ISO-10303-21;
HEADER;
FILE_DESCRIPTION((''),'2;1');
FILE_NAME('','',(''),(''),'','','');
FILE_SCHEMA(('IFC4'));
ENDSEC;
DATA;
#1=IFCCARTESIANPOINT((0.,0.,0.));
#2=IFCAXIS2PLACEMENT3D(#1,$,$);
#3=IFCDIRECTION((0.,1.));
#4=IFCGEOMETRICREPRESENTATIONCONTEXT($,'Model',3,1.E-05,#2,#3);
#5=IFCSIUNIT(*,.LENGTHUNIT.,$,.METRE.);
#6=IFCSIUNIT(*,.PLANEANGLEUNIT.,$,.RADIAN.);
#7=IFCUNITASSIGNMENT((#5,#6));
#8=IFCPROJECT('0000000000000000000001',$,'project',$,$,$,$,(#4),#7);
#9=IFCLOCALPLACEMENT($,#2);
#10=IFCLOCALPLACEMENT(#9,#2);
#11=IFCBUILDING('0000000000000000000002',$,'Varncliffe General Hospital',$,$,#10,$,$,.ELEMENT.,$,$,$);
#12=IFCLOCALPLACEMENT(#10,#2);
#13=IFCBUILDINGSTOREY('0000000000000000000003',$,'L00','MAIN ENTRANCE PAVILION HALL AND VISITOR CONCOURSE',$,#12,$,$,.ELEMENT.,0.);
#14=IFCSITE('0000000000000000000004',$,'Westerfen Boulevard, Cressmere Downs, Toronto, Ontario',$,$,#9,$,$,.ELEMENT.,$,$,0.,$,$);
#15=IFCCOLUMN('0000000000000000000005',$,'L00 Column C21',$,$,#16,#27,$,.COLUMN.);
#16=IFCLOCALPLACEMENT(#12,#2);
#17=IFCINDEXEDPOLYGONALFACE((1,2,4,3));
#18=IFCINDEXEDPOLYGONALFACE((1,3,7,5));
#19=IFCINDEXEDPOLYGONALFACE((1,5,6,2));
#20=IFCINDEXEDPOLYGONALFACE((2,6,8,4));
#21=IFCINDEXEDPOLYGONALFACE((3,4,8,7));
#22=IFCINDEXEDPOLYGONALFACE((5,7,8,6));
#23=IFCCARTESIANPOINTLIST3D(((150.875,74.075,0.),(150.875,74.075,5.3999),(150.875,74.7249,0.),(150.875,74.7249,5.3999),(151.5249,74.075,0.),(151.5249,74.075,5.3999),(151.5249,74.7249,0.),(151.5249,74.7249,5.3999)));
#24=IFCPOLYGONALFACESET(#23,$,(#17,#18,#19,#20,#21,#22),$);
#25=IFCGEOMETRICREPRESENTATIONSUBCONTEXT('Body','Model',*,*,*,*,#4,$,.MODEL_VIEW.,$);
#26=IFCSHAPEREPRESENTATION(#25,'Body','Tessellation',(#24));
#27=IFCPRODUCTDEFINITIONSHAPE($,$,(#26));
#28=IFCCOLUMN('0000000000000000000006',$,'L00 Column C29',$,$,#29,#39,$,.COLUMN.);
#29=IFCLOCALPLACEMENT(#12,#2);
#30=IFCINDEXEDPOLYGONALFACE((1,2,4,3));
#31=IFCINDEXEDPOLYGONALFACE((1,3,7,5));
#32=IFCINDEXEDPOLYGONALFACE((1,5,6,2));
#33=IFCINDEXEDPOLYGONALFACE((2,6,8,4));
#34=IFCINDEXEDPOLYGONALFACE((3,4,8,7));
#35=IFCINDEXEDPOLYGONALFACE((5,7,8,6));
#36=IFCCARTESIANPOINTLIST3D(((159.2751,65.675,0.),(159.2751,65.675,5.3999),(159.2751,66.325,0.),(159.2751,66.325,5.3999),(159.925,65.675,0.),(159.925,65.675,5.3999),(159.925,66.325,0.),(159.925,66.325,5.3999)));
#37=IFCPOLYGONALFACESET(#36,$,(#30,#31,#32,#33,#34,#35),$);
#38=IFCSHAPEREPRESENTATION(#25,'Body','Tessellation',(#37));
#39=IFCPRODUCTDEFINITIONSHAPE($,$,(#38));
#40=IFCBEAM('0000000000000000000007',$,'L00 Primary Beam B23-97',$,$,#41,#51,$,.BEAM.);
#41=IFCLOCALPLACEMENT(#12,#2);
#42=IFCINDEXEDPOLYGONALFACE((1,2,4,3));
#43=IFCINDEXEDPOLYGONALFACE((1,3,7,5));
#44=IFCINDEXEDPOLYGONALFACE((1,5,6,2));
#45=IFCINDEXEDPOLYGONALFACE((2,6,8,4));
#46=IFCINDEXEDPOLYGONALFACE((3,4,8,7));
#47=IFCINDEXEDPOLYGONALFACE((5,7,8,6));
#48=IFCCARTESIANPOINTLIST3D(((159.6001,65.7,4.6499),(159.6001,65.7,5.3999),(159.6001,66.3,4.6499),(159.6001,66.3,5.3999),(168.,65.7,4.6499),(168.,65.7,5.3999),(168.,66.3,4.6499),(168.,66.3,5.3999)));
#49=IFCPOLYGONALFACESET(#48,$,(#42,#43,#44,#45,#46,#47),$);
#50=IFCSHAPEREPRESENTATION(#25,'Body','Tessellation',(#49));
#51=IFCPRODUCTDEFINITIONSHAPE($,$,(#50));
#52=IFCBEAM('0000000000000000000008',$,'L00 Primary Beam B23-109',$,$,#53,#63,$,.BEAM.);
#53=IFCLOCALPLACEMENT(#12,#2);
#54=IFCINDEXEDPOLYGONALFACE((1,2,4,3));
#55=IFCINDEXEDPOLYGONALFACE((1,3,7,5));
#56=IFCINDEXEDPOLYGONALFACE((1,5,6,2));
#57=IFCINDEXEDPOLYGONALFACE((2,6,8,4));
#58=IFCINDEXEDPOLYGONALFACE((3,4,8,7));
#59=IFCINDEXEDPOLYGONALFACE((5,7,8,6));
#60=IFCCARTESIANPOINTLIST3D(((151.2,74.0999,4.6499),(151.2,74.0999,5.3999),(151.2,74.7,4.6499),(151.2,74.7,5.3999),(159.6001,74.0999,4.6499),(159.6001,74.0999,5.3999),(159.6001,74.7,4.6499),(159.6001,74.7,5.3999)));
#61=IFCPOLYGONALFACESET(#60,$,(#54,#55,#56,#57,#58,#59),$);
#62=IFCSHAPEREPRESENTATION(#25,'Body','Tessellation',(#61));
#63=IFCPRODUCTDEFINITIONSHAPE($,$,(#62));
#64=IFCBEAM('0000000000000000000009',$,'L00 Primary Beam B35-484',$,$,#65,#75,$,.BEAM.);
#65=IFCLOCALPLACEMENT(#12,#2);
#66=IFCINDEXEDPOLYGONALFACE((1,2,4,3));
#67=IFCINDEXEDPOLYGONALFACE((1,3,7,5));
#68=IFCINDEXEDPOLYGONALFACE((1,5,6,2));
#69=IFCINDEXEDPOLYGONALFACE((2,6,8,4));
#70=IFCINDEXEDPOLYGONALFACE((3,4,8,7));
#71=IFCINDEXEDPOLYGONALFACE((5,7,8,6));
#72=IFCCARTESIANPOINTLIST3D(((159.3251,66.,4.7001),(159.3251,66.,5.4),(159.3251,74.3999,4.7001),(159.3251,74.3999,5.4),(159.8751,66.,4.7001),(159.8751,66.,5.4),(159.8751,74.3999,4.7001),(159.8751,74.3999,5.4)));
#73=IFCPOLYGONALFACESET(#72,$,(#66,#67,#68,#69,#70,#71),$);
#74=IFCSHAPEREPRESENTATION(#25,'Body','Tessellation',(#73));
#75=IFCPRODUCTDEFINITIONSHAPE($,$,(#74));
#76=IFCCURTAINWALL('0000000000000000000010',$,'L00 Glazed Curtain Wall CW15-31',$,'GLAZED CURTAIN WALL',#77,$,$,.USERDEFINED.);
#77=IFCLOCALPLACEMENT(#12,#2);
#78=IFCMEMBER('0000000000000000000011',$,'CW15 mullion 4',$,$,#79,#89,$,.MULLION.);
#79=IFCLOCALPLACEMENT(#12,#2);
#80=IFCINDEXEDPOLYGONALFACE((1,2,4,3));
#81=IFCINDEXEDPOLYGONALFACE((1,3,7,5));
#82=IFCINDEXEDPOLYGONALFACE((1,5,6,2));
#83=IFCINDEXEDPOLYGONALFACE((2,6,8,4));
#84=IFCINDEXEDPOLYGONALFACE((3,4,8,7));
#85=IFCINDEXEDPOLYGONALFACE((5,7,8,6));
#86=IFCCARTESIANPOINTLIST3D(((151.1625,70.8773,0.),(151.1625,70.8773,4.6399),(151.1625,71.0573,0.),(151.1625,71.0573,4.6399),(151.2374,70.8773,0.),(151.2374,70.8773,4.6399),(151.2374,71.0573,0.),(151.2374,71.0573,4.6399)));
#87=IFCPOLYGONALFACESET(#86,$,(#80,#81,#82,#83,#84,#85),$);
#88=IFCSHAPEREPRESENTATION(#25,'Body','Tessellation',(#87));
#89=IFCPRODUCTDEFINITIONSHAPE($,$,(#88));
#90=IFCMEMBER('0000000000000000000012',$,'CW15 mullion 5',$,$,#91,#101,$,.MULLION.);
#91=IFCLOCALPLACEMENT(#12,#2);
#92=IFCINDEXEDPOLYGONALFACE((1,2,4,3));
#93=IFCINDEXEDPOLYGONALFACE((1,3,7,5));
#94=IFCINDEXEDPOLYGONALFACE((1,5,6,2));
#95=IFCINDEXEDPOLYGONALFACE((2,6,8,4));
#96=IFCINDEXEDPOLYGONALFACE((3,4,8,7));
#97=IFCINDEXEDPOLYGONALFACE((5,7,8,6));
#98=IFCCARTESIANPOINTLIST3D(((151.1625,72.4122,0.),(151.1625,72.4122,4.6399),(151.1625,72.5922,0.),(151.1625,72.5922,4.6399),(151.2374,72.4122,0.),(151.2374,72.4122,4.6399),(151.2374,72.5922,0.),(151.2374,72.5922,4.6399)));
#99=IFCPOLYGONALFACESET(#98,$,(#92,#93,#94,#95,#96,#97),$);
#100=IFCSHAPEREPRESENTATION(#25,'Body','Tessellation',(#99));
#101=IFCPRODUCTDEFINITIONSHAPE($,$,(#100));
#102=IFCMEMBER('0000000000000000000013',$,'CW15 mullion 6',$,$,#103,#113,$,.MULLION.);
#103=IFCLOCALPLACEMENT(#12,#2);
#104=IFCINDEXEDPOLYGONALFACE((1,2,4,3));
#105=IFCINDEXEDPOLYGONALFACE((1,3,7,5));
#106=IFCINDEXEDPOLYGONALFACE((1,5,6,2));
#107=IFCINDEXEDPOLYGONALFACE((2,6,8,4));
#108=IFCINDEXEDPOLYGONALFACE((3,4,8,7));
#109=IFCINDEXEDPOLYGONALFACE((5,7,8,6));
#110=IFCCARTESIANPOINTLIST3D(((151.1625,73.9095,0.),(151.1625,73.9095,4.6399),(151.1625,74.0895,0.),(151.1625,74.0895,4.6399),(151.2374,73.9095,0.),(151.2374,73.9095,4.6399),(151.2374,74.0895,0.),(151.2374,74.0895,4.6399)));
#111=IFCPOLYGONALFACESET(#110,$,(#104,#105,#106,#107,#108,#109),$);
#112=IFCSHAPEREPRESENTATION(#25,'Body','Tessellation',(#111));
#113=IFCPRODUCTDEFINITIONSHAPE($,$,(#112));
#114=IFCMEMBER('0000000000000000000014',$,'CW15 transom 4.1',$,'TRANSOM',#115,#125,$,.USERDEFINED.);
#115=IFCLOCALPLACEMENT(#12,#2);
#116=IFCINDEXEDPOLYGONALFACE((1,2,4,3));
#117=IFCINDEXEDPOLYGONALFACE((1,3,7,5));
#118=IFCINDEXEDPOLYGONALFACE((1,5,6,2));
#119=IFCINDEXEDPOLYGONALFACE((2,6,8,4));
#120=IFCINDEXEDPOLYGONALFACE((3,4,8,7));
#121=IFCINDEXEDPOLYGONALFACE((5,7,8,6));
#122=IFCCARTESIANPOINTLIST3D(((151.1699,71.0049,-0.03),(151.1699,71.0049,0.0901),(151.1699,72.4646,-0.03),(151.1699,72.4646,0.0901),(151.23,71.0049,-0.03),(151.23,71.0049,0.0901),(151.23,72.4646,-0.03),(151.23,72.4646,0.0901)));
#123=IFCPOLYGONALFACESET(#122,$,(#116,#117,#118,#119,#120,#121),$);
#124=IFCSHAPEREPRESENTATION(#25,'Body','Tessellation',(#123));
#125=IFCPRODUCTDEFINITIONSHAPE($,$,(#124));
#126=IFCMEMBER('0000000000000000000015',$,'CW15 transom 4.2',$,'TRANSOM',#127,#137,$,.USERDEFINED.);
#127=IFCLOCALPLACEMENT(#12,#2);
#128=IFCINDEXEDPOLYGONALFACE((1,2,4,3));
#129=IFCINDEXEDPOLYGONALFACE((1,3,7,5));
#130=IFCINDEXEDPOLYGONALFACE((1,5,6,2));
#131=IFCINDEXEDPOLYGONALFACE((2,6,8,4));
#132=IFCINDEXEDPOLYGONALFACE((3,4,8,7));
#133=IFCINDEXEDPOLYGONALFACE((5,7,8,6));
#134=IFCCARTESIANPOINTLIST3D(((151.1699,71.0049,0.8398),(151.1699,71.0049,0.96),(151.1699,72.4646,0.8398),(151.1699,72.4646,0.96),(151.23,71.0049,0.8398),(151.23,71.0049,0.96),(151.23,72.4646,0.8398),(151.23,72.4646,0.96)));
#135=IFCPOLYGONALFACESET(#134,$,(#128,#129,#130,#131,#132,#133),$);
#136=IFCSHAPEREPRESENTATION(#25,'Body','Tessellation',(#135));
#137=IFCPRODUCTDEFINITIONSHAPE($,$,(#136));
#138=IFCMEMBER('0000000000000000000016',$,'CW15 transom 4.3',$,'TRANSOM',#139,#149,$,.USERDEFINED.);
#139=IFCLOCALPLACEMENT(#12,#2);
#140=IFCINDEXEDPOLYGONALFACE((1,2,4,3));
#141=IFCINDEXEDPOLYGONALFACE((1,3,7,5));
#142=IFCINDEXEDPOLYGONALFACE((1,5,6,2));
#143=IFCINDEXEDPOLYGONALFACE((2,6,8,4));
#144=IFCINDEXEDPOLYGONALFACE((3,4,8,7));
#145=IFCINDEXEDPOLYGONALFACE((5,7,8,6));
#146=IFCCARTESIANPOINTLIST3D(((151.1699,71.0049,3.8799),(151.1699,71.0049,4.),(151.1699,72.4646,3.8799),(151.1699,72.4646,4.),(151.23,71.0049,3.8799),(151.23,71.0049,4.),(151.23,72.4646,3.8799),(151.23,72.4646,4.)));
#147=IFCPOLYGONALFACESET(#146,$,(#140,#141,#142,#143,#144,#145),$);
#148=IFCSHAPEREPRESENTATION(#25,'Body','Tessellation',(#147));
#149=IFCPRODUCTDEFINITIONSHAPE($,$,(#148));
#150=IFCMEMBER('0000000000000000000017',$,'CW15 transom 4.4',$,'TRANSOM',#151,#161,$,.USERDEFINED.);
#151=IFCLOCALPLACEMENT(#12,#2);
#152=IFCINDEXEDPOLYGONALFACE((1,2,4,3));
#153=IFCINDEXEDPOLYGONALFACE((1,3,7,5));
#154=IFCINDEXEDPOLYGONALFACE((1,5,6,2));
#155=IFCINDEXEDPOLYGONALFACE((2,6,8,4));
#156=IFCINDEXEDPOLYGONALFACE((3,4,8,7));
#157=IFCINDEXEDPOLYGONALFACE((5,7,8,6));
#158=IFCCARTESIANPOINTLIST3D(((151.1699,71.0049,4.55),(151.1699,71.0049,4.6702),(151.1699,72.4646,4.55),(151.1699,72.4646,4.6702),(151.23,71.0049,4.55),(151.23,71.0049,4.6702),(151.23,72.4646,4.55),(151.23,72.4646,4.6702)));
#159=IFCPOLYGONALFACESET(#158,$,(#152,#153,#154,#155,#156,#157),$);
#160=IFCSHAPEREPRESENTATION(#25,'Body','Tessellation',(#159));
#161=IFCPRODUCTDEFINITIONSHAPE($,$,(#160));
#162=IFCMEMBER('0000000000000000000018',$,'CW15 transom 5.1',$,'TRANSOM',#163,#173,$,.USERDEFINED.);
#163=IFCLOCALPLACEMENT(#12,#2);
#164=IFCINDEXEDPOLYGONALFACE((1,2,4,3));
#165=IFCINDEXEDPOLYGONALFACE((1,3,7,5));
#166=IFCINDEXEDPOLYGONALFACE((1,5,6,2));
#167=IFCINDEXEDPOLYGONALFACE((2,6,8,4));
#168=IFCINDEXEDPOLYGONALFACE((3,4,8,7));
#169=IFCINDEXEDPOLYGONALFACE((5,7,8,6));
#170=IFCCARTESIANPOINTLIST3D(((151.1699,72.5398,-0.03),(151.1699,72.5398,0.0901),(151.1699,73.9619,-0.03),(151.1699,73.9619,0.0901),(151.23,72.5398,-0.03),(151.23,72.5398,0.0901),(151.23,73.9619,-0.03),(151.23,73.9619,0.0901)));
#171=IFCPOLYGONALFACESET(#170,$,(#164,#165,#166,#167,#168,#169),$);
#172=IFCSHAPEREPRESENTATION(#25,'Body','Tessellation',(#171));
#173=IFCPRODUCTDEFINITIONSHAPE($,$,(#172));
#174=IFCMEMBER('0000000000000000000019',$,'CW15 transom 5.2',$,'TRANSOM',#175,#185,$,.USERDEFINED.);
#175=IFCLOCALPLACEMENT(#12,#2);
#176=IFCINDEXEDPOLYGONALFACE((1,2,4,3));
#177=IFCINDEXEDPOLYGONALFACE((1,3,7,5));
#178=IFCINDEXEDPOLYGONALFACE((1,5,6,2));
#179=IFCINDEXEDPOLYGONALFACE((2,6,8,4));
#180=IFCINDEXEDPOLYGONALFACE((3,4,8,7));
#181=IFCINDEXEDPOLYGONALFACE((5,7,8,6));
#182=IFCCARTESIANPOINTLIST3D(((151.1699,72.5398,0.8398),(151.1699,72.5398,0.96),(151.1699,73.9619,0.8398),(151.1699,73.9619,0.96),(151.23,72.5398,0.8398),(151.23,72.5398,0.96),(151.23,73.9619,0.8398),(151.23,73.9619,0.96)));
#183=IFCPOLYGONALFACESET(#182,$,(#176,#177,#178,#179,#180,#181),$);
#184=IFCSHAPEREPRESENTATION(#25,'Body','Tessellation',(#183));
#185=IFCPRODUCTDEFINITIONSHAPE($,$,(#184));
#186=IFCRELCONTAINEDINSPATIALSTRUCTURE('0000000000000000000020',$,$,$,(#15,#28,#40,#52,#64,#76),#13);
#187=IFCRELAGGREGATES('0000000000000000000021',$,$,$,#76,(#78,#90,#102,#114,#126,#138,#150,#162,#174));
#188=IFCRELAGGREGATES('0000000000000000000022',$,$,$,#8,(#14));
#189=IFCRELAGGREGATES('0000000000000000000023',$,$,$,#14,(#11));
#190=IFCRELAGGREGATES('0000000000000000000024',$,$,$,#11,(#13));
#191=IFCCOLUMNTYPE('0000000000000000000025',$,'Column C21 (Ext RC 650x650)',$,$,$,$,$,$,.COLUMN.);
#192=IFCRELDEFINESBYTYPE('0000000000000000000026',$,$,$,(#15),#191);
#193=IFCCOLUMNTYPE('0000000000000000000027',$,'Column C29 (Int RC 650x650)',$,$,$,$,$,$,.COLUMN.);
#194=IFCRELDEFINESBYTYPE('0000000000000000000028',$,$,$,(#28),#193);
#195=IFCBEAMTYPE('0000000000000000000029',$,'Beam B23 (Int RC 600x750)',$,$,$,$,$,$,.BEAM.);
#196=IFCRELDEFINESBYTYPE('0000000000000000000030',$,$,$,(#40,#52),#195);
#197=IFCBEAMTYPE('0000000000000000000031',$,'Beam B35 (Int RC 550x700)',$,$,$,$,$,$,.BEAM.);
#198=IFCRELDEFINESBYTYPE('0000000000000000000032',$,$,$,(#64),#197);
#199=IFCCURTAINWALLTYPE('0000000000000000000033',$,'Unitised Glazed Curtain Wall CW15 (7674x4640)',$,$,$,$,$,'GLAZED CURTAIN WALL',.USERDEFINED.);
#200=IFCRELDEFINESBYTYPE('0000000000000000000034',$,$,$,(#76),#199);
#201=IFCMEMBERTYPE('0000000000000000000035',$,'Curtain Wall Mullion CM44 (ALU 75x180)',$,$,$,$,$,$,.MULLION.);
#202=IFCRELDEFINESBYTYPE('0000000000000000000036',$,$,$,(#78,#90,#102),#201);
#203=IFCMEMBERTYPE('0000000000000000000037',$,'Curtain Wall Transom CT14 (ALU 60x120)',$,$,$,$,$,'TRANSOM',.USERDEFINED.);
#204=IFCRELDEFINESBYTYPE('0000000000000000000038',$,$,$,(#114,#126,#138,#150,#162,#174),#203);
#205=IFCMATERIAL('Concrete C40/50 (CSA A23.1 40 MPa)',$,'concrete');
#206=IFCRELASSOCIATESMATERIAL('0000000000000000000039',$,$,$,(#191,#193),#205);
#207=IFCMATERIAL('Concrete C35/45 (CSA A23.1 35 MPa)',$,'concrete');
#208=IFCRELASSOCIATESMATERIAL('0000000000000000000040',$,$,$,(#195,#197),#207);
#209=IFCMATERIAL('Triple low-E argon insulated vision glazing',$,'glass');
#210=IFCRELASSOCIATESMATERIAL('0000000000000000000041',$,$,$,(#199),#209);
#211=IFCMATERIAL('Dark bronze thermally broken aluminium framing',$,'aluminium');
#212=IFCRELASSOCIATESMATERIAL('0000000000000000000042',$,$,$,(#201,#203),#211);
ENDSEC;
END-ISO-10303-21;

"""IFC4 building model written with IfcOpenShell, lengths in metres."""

from ifc_helpers import new_model, si_unit, direction, frame, origin, origin_2d, place, context, subcontext, project, spatial, rectangle, extrude, material, material_profile, profile_set, type_object, element, aggregate, save


model = new_model("IFC4")

# Units and contexts
model_context = context("Model", 3, precision=1e-05, world=origin(), true_north=direction((0.0, 1.0)))
body_context = subcontext(model_context, "Body", "Model", "MODEL_VIEW")
ifc_project = project(units=[si_unit("LENGTHUNIT", "METRE"), si_unit("PLANEANGLEUNIT", "RADIAN")], contexts=[model_context])

# Site, building, storey
site_placement = place(None, origin())
site = spatial("IfcSite", under=ifc_project, at=site_placement, Name="Westerfen Boulevard, Cressmere Downs, Toronto, Ontario", CompositionType="ELEMENT", RefElevation=0.0)
building_placement = place(site_placement, origin())
building = spatial("IfcBuilding", under=site, at=building_placement, Name="Varncliffe General Hospital", CompositionType="ELEMENT")
storey_placement = place(building_placement, origin())
storey = spatial("IfcBuildingStorey", under=building, at=storey_placement, Name="L00", Description="MAIN ENTRANCE PAVILION HALL AND VISITOR CONCOURSE", CompositionType="ELEMENT", Elevation=0.0)

# Columns
ifc_material_1 = material(Name="Concrete C40/50 (CSA A23.1 40 MPa)", Category="concrete")
ifc_material_profile_1 = material_profile(ifc_material_1, rectangle(XDim=0.6499, YDim=0.6499, at=origin_2d()), Name="RC 650x650")
ifc_profile_set_1 = profile_set([ifc_material_profile_1], Name="Concrete C40/50 (CSA A23.1 40 MPa)")
column_type_1 = type_object("IfcColumnType", Name="Column C21 (Ext RC 650x650)", PredefinedType="COLUMN", material=ifc_profile_set_1)
column_1_placement = place(storey_placement, frame((151.2, 74.3999, 0.0), z_axis=(0.0, 0.0, 1.0), x_axis=(1.0, 0.0, 0.0)))
element("IfcColumn", 1, at=column_1_placement, inside=storey, type_object=column_type_1, Name="L00 Column C21", PredefinedType="COLUMN", context=body_context, shape_type="SweptSolid", body=[
    extrude(rectangle(XDim=0.6499, YDim=0.6499, at=origin_2d()), origin(), (0.0, 0.0, 1.0), 5.3999),
])
ifc_material_profile_2 = material_profile(ifc_material_1, rectangle(XDim=0.6499, YDim=0.6499, at=origin_2d()), Name="RC 650x650")
ifc_profile_set_2 = profile_set([ifc_material_profile_2], Name="Concrete C40/50 (CSA A23.1 40 MPa)")
column_type_2 = type_object("IfcColumnType", Name="Column C29 (Int RC 650x650)", PredefinedType="COLUMN", material=ifc_profile_set_2)
column_2_placement = place(storey_placement, frame((159.6001, 66.0, 0.0), z_axis=(0.0, 0.0, 1.0), x_axis=(1.0, 0.0, 0.0)))
element("IfcColumn", 2, at=column_2_placement, inside=storey, type_object=column_type_2, Name="L00 Column C29", PredefinedType="COLUMN", context=body_context, shape_type="SweptSolid", body=[
    extrude(rectangle(XDim=0.6499, YDim=0.6499, at=origin_2d()), origin(), (0.0, 0.0, 1.0), 5.3999),
])

# Beams
ifc_material_2 = material(Name="Concrete C35/45 (CSA A23.1 35 MPa)", Category="concrete")
ifc_material_profile_3 = material_profile(ifc_material_2, rectangle(XDim=0.6001, YDim=0.75, at=origin_2d()), Name="RC 600x750")
ifc_profile_set_3 = profile_set([ifc_material_profile_3], Name="Concrete C35/45 (CSA A23.1 35 MPa)")
beam_type_1 = type_object("IfcBeamType", Name="Beam B23 (Int RC 600x750)", PredefinedType="BEAM", material=ifc_profile_set_3)
beam_1_placement = place(storey_placement, frame((159.6001, 66.0, 5.0249), z_axis=(1.0, 0.0, 0.0), x_axis=(0.0, 1.0, 0.0)))
element("IfcBeam", 3, at=beam_1_placement, inside=storey, type_object=beam_type_1, Name="L00 Primary Beam B23-97", PredefinedType="BEAM", context=body_context, shape_type="SweptSolid", body=[
    extrude(rectangle(XDim=0.6001, YDim=0.75, at=origin_2d()), origin(), (0.0, 0.0, 1.0), 8.3999),
])
beam_2_placement = place(storey_placement, frame((151.2, 74.3999, 5.0249), z_axis=(1.0, 0.0, 0.0), x_axis=(0.0, 1.0, 0.0)))
element("IfcBeam", 4, at=beam_2_placement, inside=storey, type_object=beam_type_1, Name="L00 Primary Beam B23-109", PredefinedType="BEAM", context=body_context, shape_type="SweptSolid", body=[
    extrude(rectangle(XDim=0.6001, YDim=0.75, at=origin_2d()), origin(), (0.0, 0.0, 1.0), 8.4001),
])
ifc_material_profile_4 = material_profile(ifc_material_2, rectangle(XDim=0.55, YDim=0.7, at=origin_2d()), Name="RC 550x700")
ifc_profile_set_4 = profile_set([ifc_material_profile_4], Name="Concrete C35/45 (CSA A23.1 35 MPa)")
beam_type_2 = type_object("IfcBeamType", Name="Beam B35 (Int RC 550x700)", PredefinedType="BEAM", material=ifc_profile_set_4)
beam_3_placement = place(storey_placement, frame((159.6001, 66.0, 5.05), z_axis=(0.0, 1.0, 0.0), x_axis=(-1.0, 0.0, 0.0)))
element("IfcBeam", 5, at=beam_3_placement, inside=storey, type_object=beam_type_2, Name="L00 Primary Beam B35-484", PredefinedType="BEAM", context=body_context, shape_type="SweptSolid", body=[
    extrude(rectangle(XDim=0.55, YDim=0.7, at=origin_2d()), origin(), (0.0, 0.0, 1.0), 8.3999),
])

# Curtain wall, members
ifc_material_3 = material(Name="Triple low-E argon insulated vision glazing", Category="glass")
curtain_wall_type = type_object("IfcCurtainWallType", Name="Unitised Glazed Curtain Wall CW15 (7674x4640)", ElementType="GLAZED CURTAIN WALL", PredefinedType="USERDEFINED", material=ifc_material_3)
curtain_wall_placement = place(storey_placement, origin())
curtain_wall = element("IfcCurtainWall", 6, at=curtain_wall_placement, inside=storey, type_object=curtain_wall_type, Name="L00 Glazed Curtain Wall CW15-31", ObjectType="GLAZED CURTAIN WALL", PredefinedType="USERDEFINED")
ifc_material_4 = material(Name="Dark bronze thermally broken aluminium framing", Category="aluminium")
ifc_material_profile_5 = material_profile(ifc_material_4, rectangle(XDim=0.075, YDim=0.1799, at=origin_2d()), Name="ALU 75x180")
ifc_profile_set_5 = profile_set([ifc_material_profile_5], Name="Dark bronze thermally broken aluminium framing")
member_type_1 = type_object("IfcMemberType", Name="Curtain Wall Mullion CM44 (ALU 75x180)", PredefinedType="MULLION", material=ifc_profile_set_5)
member_1_placement = place(storey_placement, frame((151.2, 70.9673, 0.0), z_axis=(0.0, 0.0, 1.0), x_axis=(-1.0, 0.0, 0.0)))
member_1 = element("IfcMember", 7, at=member_1_placement, type_object=member_type_1, Name="CW15 mullion 4", PredefinedType="MULLION", context=body_context, shape_type="SweptSolid", body=[
    extrude(rectangle(XDim=0.075, YDim=0.1799, at=origin_2d()), origin(), (0.0, 0.0, 1.0), 4.6399),
])
member_2_placement = place(storey_placement, frame((151.2, 72.5022, 0.0), z_axis=(0.0, 0.0, 1.0), x_axis=(-1.0, 0.0, 0.0)))
member_2 = element("IfcMember", 8, at=member_2_placement, type_object=member_type_1, Name="CW15 mullion 5", PredefinedType="MULLION", context=body_context, shape_type="SweptSolid", body=[
    extrude(rectangle(XDim=0.075, YDim=0.1799, at=origin_2d()), origin(), (0.0, 0.0, 1.0), 4.6399),
])
member_3_placement = place(storey_placement, frame((151.2, 73.9995, 0.0), z_axis=(0.0, 0.0, 1.0), x_axis=(-1.0, 0.0, 0.0)))
member_3 = element("IfcMember", 9, at=member_3_placement, type_object=member_type_1, Name="CW15 mullion 6", PredefinedType="MULLION", context=body_context, shape_type="SweptSolid", body=[
    extrude(rectangle(XDim=0.075, YDim=0.1799, at=origin_2d()), origin(), (0.0, 0.0, 1.0), 4.6399),
])
ifc_material_profile_6 = material_profile(ifc_material_4, rectangle(XDim=0.0601, YDim=0.1201, at=origin_2d()), Name="ALU 60x120")
ifc_profile_set_6 = profile_set([ifc_material_profile_6], Name="Dark bronze thermally broken aluminium framing")
member_type_2 = type_object("IfcMemberType", Name="Curtain Wall Transom CT14 (ALU 60x120)", ElementType="TRANSOM", PredefinedType="USERDEFINED", material=ifc_profile_set_6)
member_4_placement = place(storey_placement, frame((151.2, 71.0049, 0.03), z_axis=(0.0, 1.0, 0.0), x_axis=(-1.0, 0.0, 0.0)))
member_4 = element("IfcMember", 10, at=member_4_placement, type_object=member_type_2, Name="CW15 transom 4.1", ObjectType="TRANSOM", PredefinedType="USERDEFINED", context=body_context, shape_type="SweptSolid", body=[
    extrude(rectangle(XDim=0.0601, YDim=0.1201, at=origin_2d()), origin(), (0.0, 0.0, 1.0), 1.4597),
])
member_5_placement = place(storey_placement, frame((151.2, 71.0049, 0.8999), z_axis=(0.0, 1.0, 0.0), x_axis=(-1.0, 0.0, 0.0)))
member_5 = element("IfcMember", 11, at=member_5_placement, type_object=member_type_2, Name="CW15 transom 4.2", ObjectType="TRANSOM", PredefinedType="USERDEFINED", context=body_context, shape_type="SweptSolid", body=[
    extrude(rectangle(XDim=0.0601, YDim=0.1201, at=origin_2d()), origin(), (0.0, 0.0, 1.0), 1.4597),
])
member_6_placement = place(storey_placement, frame((151.2, 71.0049, 3.9399), z_axis=(0.0, 1.0, 0.0), x_axis=(-1.0, 0.0, 0.0)))
member_6 = element("IfcMember", 12, at=member_6_placement, type_object=member_type_2, Name="CW15 transom 4.3", ObjectType="TRANSOM", PredefinedType="USERDEFINED", context=body_context, shape_type="SweptSolid", body=[
    extrude(rectangle(XDim=0.0601, YDim=0.1201, at=origin_2d()), origin(), (0.0, 0.0, 1.0), 1.4597),
])
member_7_placement = place(storey_placement, frame((151.2, 71.0049, 4.6101), z_axis=(0.0, 1.0, 0.0), x_axis=(-1.0, 0.0, 0.0)))
member_7 = element("IfcMember", 13, at=member_7_placement, type_object=member_type_2, Name="CW15 transom 4.4", ObjectType="TRANSOM", PredefinedType="USERDEFINED", context=body_context, shape_type="SweptSolid", body=[
    extrude(rectangle(XDim=0.0601, YDim=0.1201, at=origin_2d()), origin(), (0.0, 0.0, 1.0), 1.4597),
])
member_8_placement = place(storey_placement, frame((151.2, 72.5398, 0.03), z_axis=(0.0, 1.0, 0.0), x_axis=(-1.0, 0.0, 0.0)))
member_8 = element("IfcMember", 14, at=member_8_placement, type_object=member_type_2, Name="CW15 transom 5.1", ObjectType="TRANSOM", PredefinedType="USERDEFINED", context=body_context, shape_type="SweptSolid", body=[
    extrude(rectangle(XDim=0.0601, YDim=0.1201, at=origin_2d()), origin(), (0.0, 0.0, 1.0), 1.4221),
])
member_9_placement = place(storey_placement, frame((151.2, 72.5398, 0.8999), z_axis=(0.0, 1.0, 0.0), x_axis=(-1.0, 0.0, 0.0)))
member_9 = element("IfcMember", 15, at=member_9_placement, type_object=member_type_2, Name="CW15 transom 5.2", ObjectType="TRANSOM", PredefinedType="USERDEFINED", context=body_context, shape_type="SweptSolid", body=[
    extrude(rectangle(XDim=0.0601, YDim=0.1201, at=origin_2d()), origin(), (0.0, 0.0, 1.0), 1.4221),
])

aggregate(curtain_wall, [member_1, member_2, member_3, member_4, member_5, member_6, member_7, member_8, member_9])

save(model, "model.ifc")
